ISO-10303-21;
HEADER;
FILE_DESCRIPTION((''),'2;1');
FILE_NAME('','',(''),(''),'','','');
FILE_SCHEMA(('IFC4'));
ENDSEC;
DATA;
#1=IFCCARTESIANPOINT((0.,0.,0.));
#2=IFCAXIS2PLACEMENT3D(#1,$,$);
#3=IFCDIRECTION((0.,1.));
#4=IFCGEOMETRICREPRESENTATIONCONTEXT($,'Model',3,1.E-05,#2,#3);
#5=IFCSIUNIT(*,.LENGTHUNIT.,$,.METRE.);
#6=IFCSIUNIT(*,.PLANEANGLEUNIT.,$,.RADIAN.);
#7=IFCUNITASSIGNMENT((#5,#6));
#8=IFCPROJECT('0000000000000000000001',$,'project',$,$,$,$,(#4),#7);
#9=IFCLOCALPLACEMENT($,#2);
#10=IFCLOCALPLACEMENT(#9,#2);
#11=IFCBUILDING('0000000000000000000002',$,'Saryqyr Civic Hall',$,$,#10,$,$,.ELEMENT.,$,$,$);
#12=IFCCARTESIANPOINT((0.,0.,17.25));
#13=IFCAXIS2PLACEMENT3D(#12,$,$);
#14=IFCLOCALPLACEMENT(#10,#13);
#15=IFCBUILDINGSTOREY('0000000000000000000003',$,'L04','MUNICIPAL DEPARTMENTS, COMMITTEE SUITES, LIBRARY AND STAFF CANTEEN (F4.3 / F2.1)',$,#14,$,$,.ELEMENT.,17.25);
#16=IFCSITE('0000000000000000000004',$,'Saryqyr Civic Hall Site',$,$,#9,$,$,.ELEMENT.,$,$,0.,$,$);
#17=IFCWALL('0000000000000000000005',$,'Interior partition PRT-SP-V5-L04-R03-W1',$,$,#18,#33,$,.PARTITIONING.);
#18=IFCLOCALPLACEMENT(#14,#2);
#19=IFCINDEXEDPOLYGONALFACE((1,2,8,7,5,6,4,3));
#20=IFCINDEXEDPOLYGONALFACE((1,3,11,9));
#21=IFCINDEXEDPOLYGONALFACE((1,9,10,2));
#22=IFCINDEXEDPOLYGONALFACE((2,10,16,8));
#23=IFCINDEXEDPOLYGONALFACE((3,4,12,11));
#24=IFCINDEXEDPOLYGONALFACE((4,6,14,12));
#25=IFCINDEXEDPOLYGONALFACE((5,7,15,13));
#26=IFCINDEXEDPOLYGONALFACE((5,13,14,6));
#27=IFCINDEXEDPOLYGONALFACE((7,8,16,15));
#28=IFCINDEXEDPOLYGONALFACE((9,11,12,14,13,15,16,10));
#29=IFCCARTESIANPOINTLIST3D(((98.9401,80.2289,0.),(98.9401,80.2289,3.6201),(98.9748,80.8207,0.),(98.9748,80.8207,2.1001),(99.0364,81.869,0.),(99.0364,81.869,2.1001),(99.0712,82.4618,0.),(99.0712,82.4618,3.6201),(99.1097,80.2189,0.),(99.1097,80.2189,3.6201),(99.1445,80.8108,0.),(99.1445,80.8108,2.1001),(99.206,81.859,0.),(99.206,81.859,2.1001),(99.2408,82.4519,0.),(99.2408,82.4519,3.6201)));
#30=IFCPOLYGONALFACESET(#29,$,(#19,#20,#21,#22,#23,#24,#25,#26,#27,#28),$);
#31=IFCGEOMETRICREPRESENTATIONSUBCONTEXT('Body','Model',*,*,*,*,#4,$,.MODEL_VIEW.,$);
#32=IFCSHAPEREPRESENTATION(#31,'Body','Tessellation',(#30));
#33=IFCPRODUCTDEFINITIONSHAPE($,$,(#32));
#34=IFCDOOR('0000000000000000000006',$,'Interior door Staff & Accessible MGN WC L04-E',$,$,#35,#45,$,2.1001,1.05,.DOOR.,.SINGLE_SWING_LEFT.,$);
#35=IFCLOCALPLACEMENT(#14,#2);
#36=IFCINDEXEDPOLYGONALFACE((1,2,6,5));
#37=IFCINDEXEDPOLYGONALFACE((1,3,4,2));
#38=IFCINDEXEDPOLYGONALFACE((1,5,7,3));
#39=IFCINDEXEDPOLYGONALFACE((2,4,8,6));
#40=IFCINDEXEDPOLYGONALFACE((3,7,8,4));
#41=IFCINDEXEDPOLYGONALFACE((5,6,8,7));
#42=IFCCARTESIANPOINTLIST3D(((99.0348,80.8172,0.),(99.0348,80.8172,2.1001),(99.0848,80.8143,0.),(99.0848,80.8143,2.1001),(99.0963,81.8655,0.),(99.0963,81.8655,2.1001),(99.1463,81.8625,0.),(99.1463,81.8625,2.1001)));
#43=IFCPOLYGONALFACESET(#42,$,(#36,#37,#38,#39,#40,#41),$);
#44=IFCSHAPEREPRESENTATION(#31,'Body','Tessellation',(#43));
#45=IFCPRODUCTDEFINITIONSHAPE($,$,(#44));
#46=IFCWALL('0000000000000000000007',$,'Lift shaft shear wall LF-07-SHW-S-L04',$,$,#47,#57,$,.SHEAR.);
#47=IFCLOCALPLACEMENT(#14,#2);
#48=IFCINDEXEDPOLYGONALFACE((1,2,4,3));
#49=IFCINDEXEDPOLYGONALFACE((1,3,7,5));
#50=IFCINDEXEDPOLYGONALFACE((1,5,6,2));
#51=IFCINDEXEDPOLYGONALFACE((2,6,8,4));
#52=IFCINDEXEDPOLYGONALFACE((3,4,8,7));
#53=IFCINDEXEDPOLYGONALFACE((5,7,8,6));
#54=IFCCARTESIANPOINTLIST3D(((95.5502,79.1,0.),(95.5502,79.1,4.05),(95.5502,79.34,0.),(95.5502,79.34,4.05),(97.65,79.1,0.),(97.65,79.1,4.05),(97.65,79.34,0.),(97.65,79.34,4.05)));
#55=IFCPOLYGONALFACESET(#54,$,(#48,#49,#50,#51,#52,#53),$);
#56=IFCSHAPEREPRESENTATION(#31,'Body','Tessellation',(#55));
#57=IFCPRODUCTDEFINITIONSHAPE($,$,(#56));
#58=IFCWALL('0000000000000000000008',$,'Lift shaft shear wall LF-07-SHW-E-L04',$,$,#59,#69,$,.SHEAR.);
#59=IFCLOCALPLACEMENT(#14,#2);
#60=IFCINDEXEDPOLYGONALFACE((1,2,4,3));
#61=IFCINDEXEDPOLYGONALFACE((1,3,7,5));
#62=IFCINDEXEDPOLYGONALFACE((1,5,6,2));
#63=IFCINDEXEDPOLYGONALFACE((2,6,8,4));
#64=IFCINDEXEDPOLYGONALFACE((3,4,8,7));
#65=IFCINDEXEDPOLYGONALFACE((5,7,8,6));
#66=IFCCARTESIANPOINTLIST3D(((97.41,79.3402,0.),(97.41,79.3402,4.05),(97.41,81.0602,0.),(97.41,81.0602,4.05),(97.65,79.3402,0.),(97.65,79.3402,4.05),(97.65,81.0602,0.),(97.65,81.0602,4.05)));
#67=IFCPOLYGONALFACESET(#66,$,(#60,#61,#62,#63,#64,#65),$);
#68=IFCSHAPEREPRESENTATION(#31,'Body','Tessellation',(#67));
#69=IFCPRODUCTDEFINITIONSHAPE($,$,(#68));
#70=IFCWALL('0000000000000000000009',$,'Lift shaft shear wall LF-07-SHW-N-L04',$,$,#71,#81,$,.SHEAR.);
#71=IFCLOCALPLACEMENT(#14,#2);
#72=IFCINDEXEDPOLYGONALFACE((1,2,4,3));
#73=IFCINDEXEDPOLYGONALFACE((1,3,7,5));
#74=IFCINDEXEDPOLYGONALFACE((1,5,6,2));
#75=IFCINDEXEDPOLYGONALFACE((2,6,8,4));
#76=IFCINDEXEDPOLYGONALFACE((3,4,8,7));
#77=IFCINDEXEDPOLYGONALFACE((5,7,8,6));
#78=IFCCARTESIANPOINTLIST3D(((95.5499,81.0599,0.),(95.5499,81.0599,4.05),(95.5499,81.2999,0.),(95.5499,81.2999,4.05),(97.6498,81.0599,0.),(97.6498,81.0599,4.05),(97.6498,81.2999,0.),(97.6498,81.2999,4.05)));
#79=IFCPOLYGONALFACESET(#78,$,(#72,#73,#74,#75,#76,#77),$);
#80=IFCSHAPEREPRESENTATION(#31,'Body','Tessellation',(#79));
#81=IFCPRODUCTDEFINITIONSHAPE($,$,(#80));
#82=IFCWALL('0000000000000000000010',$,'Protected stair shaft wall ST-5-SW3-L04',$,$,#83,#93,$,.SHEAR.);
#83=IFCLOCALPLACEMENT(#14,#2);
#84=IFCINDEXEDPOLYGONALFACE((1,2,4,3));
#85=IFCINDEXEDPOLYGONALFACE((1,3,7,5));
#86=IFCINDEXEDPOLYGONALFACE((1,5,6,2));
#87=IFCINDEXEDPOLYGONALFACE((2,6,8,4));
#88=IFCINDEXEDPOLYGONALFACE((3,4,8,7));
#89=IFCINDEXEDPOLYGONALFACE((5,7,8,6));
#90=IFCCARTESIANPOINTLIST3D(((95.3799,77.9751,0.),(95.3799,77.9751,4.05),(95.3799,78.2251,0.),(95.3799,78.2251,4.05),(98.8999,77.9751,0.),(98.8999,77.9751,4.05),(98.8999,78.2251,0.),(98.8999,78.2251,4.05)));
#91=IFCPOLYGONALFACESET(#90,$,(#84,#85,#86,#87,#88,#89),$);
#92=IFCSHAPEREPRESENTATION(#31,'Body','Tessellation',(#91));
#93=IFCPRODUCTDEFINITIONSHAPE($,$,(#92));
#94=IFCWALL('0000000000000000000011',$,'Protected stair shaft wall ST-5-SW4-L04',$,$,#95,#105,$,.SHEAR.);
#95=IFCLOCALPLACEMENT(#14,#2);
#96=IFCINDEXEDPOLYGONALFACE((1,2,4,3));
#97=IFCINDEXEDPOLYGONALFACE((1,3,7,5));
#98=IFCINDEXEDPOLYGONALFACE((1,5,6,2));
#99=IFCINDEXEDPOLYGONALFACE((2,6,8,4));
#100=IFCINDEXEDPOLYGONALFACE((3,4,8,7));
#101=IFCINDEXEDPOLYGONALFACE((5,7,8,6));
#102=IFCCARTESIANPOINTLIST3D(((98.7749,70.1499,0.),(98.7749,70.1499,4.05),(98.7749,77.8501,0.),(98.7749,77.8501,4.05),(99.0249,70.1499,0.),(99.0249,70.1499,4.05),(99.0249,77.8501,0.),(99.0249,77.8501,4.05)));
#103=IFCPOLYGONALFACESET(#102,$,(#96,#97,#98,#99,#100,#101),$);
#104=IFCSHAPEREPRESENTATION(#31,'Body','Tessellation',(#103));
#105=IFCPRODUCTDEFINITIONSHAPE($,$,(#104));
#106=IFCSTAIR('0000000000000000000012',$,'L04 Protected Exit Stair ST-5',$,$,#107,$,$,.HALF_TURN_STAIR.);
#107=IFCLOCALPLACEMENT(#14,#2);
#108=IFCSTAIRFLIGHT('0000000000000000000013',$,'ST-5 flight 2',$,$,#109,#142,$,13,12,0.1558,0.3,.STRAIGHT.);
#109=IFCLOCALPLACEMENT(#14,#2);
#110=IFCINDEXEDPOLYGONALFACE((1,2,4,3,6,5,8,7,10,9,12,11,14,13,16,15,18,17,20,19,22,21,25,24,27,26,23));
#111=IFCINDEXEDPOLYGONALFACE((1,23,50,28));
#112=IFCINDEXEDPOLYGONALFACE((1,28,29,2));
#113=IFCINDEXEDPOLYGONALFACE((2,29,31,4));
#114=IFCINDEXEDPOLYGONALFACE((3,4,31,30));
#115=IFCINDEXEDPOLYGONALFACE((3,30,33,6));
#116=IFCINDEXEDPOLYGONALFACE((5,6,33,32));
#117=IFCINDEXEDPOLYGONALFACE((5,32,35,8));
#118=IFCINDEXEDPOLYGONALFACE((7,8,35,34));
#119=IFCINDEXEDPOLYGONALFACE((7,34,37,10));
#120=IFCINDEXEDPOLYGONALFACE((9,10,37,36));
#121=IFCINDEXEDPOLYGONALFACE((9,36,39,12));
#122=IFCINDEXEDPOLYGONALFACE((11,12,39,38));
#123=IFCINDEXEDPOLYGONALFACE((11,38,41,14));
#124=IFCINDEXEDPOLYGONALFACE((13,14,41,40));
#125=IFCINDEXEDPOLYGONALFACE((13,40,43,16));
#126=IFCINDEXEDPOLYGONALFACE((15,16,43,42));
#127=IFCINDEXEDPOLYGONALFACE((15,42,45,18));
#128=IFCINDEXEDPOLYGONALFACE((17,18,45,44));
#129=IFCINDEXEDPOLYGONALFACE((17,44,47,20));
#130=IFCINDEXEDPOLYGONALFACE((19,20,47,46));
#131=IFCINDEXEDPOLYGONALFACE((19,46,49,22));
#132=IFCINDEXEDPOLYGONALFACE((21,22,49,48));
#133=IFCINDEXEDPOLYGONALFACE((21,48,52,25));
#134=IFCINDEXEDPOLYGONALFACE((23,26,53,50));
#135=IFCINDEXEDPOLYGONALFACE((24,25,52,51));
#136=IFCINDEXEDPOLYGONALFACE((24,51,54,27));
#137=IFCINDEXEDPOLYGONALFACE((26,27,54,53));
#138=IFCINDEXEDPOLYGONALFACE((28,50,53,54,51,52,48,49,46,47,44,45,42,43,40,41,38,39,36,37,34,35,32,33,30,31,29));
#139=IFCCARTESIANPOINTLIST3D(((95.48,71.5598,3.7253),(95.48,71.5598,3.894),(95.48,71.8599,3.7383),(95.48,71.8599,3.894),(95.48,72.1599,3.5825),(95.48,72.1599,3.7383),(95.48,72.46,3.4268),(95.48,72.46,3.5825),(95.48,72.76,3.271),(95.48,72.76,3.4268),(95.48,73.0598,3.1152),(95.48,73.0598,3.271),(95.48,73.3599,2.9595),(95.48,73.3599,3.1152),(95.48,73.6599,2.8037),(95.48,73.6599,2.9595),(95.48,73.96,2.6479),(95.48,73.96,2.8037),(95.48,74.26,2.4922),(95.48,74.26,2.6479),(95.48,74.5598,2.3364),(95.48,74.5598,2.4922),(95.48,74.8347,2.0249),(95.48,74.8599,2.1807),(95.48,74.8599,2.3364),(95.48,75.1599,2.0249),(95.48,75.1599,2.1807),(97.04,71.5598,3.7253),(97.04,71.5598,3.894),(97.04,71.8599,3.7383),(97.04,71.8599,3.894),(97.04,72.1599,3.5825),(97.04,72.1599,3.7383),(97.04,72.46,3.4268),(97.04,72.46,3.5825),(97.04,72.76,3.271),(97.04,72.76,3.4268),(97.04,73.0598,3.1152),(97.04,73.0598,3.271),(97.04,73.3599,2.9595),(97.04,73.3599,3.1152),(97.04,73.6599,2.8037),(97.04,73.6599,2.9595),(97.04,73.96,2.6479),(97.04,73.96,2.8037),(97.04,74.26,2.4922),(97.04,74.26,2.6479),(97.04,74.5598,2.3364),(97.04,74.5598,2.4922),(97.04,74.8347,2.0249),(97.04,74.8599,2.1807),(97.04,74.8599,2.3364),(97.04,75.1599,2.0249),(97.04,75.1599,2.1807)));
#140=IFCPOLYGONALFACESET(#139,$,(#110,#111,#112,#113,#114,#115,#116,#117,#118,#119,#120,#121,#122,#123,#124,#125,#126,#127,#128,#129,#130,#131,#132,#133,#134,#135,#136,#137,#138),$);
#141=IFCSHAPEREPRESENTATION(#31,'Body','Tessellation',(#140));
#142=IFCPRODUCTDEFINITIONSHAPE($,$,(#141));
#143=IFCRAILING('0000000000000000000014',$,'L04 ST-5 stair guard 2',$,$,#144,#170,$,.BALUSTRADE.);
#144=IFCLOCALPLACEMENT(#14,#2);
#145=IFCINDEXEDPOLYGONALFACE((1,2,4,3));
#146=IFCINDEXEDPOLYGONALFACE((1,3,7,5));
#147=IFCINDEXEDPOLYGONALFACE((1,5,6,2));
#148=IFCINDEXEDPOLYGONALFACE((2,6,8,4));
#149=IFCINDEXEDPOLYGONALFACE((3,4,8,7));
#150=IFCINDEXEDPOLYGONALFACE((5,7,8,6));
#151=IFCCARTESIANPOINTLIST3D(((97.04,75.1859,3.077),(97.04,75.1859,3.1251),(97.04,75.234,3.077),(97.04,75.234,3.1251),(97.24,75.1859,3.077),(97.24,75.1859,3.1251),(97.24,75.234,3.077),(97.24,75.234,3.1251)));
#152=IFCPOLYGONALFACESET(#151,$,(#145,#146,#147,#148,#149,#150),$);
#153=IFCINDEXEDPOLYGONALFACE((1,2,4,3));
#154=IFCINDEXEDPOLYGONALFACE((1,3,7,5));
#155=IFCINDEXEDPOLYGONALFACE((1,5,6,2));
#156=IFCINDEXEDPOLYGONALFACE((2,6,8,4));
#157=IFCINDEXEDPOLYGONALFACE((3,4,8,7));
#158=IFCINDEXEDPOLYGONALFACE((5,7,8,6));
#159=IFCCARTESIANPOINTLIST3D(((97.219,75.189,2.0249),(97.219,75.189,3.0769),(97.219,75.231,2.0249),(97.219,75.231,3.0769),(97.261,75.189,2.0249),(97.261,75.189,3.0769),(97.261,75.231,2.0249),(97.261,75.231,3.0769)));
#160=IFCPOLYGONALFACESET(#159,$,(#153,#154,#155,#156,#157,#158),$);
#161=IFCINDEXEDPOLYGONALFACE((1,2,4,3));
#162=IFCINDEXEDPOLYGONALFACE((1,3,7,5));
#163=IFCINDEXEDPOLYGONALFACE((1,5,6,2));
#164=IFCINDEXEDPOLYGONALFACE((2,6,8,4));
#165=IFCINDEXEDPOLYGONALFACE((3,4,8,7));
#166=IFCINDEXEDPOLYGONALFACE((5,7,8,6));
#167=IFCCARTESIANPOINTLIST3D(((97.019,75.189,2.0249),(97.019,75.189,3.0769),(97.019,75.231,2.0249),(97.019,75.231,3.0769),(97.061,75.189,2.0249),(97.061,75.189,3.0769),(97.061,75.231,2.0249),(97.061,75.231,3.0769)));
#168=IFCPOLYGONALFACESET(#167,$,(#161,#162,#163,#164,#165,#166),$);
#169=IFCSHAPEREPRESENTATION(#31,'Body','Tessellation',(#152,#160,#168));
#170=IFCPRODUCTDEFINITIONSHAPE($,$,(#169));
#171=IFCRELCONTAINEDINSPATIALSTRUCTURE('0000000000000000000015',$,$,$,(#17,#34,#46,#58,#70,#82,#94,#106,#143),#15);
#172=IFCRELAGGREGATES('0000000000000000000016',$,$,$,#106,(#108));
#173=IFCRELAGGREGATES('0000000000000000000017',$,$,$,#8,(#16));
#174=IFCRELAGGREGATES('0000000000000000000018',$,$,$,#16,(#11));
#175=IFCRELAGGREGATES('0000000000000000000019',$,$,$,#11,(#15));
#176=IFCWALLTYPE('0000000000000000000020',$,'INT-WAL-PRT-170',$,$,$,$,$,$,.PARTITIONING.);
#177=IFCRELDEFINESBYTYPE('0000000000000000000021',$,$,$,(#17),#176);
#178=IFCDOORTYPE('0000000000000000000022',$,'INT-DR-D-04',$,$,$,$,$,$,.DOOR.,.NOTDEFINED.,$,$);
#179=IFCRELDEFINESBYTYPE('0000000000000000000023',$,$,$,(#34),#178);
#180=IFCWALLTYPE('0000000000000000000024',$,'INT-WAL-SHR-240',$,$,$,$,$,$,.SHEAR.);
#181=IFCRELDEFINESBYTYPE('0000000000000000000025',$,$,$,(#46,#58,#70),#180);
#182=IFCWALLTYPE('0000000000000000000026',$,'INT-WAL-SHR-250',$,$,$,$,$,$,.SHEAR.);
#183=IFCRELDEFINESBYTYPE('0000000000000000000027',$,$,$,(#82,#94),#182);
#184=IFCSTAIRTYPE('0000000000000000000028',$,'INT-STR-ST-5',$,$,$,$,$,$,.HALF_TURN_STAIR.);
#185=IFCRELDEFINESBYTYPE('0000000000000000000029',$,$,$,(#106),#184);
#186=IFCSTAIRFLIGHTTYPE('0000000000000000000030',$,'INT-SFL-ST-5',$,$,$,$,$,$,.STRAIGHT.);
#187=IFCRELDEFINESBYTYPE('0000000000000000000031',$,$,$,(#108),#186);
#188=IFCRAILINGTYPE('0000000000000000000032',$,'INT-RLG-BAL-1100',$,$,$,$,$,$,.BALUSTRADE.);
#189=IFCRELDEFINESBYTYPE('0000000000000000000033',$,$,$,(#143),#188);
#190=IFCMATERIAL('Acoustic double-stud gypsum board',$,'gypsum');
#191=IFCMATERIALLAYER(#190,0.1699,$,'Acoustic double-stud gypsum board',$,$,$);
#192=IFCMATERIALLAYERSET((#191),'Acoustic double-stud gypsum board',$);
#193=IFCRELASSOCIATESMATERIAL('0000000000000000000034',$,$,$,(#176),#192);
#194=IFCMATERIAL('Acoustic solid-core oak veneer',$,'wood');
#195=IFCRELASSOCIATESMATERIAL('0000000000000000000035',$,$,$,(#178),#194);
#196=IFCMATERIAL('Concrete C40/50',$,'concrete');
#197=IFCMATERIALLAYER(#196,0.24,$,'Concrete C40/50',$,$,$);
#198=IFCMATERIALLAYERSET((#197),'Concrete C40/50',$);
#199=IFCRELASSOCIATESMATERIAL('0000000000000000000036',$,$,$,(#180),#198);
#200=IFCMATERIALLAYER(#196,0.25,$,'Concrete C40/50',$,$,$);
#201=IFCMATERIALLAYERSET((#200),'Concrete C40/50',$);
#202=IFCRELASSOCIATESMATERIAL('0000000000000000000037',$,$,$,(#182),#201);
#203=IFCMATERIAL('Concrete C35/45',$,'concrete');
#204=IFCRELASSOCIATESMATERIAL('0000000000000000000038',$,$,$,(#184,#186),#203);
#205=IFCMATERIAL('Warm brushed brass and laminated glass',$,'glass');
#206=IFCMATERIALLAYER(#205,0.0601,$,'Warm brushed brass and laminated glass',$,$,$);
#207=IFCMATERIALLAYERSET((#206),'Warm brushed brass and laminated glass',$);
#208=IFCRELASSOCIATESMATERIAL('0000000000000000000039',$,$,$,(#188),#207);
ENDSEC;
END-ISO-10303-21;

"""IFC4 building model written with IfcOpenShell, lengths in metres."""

from ifc_helpers import new_model, si_unit, direction, frame, frame_2d, origin, origin_2d, place, context, subcontext, project, spatial, polyline, rectangle, outline, extrude, material, layer, layer_set, type_object, element, fill, aggregate, save


model = new_model("IFC4")

# Units and contexts
model_context = context("Model", 3, precision=1e-05, world=origin(), true_north=direction((0.0, 1.0)))
body_context = subcontext(model_context, "Body", "Model", "MODEL_VIEW")
ifc_project = project(units=[si_unit("LENGTHUNIT", "METRE"), si_unit("PLANEANGLEUNIT", "RADIAN")], contexts=[model_context])

# Site, building, storey
site_placement = place(None, origin())
site = spatial("IfcSite", under=ifc_project, at=site_placement, Name="Saryqyr Civic Hall Site", CompositionType="ELEMENT", RefElevation=0.0)
building_placement = place(site_placement, origin())
building = spatial("IfcBuilding", under=site, at=building_placement, Name="Saryqyr Civic Hall", CompositionType="ELEMENT")
storey_placement = place(building_placement, frame((0.0, 0.0, 17.25)))
storey = spatial("IfcBuildingStorey", under=building, at=storey_placement, Name="L04", Description="MUNICIPAL DEPARTMENTS, COMMITTEE SUITES, LIBRARY AND STAFF CANTEEN (F4.3 / F2.1)", CompositionType="ELEMENT", Elevation=17.25)

# Shared definitions
ifc_material_1 = material(Name="Concrete C40/50", Category="concrete")

# Shared definitions
ifc_material_2 = material(Name="Concrete C35/45", Category="concrete")

# Wall, opening, door
ifc_material_3 = material(Name="Acoustic double-stud gypsum board", Category="gypsum")
ifc_layer_1 = layer(ifc_material_3, 0.1699, Name="Acoustic double-stud gypsum board")
ifc_layer_set_1 = layer_set([ifc_layer_1], Name="Acoustic double-stud gypsum board")
wall_type_1 = type_object("IfcWallType", Name="INT-WAL-PRT-170", PredefinedType="PARTITIONING", material=ifc_layer_set_1)
wall_1_placement = place(storey_placement, frame((99.0249, 80.2239, 0.0), z_axis=(0.0, 0.0, 1.0), x_axis=(0.058613, 0.998281, 0.0)))
wall_1 = element("IfcWall", 1, at=wall_1_placement, inside=storey, type_object=wall_type_1, Name="Interior partition PRT-SP-V5-L04-R03-W1", PredefinedType="PARTITIONING", context=body_context, shape_type="SweptSolid", body=[
    extrude(rectangle(XDim=2.2368, YDim=0.1699, at=frame_2d((1.1184, 0.0))), origin(), (0.0, 0.0, 1.0), 3.6201),
])
opening_1_placement = place(wall_1_placement, frame((0.593, 0.0, 0.0)))
opening_1 = element("IfcOpeningElement", 2, at=opening_1_placement, cuts=wall_1, PredefinedType="OPENING", context=body_context, shape_type="SweptSolid", body=[
    extrude(rectangle(XDim=1.05, YDim=2.1001, at=frame_2d((0.5249, 1.05))), frame((0.0, 0.095, 0.0), z_axis=(0.0, -1.0, 0.0), x_axis=(1.0, 0.0, 0.0)), (0.0, 0.0, 1.0), 0.1899),
])
ifc_material_4 = material(Name="Acoustic solid-core oak veneer", Category="wood")
door_type_1 = type_object("IfcDoorType", Name="INT-DR-D-04", OperationType="NOTDEFINED", PredefinedType="DOOR", material=ifc_material_4)
door_1_placement = place(opening_1_placement, origin())
door_1 = element("IfcDoor", 3, at=door_1_placement, inside=storey, type_object=door_type_1, Name="Interior door Staff & Accessible MGN WC L04-E", OperationType="SINGLE_SWING_LEFT", OverallHeight=2.1001, OverallWidth=1.05, PredefinedType="DOOR", context=body_context, shape_type="SweptSolid", body=[
    extrude(rectangle(XDim=1.05, YDim=2.1001, at=frame_2d((0.5249, 1.05))), frame((0.0, 0.0249, 0.0), z_axis=(0.0, -1.0, 0.0), x_axis=(1.0, 0.0, 0.0)), (0.0, 0.0, 1.0), 0.05),
])
fill(opening_1, door_1)

# Walls
ifc_layer_2 = layer(ifc_material_1, 0.24, Name="Concrete C40/50")
ifc_layer_set_2 = layer_set([ifc_layer_2], Name="Concrete C40/50")
wall_type_2 = type_object("IfcWallType", Name="INT-WAL-SHR-240", PredefinedType="SHEAR", material=ifc_layer_set_2)
wall_2_placement = place(storey_placement, frame((97.6499, 79.22, 0.0), z_axis=(0.0, 0.0, 1.0), x_axis=(-1.0, 0.0, 0.0)))
element("IfcWall", 4, at=wall_2_placement, inside=storey, type_object=wall_type_2, Name="Lift shaft shear wall LF-07-SHW-S-L04", PredefinedType="SHEAR", context=body_context, shape_type="SweptSolid", body=[
    extrude(rectangle(XDim=2.0999, YDim=0.24, at=frame_2d((1.0498, 0.0))), origin(), (0.0, 0.0, 1.0), 4.05),
])
wall_3_placement = place(storey_placement, frame((97.53, 81.0601, 0.0), z_axis=(0.0, 0.0, 1.0), x_axis=(0.0, -1.0, 0.0)))
element("IfcWall", 5, at=wall_3_placement, inside=storey, type_object=wall_type_2, Name="Lift shaft shear wall LF-07-SHW-E-L04", PredefinedType="SHEAR", context=body_context, shape_type="SweptSolid", body=[
    extrude(rectangle(XDim=1.72, YDim=0.24, at=frame_2d((0.8599, 0.0))), origin(), (0.0, 0.0, 1.0), 4.05),
])
wall_4_placement = place(storey_placement, frame((95.55, 81.1799, 0.0), z_axis=(0.0, 0.0, 1.0), x_axis=(1.0, 0.0, 0.0)))
element("IfcWall", 6, at=wall_4_placement, inside=storey, type_object=wall_type_2, Name="Lift shaft shear wall LF-07-SHW-N-L04", PredefinedType="SHEAR", context=body_context, shape_type="SweptSolid", body=[
    extrude(rectangle(XDim=2.0999, YDim=0.24, at=frame_2d((1.0498, 0.0))), origin(), (0.0, 0.0, 1.0), 4.05),
])

# Walls
ifc_layer_3 = layer(ifc_material_1, 0.25, Name="Concrete C40/50")
ifc_layer_set_3 = layer_set([ifc_layer_3], Name="Concrete C40/50")
wall_type_3 = type_object("IfcWallType", Name="INT-WAL-SHR-250", PredefinedType="SHEAR", material=ifc_layer_set_3)
wall_5_placement = place(storey_placement, frame((95.3799, 78.1001, 0.0), z_axis=(0.0, 0.0, 1.0), x_axis=(1.0, 0.0, 0.0)))
element("IfcWall", 7, at=wall_5_placement, inside=storey, type_object=wall_type_3, Name="Protected stair shaft wall ST-5-SW3-L04", PredefinedType="SHEAR", context=body_context, shape_type="SweptSolid", body=[
    extrude(rectangle(XDim=3.52, YDim=0.25, at=frame_2d((1.76, 0.0))), origin(), (0.0, 0.0, 1.0), 4.05),
])
wall_6_placement = place(storey_placement, frame((98.8999, 77.8501, 0.0), z_axis=(0.0, 0.0, 1.0), x_axis=(0.0, -1.0, 0.0)))
element("IfcWall", 8, at=wall_6_placement, inside=storey, type_object=wall_type_3, Name="Protected stair shaft wall ST-5-SW4-L04", PredefinedType="SHEAR", context=body_context, shape_type="SweptSolid", body=[
    extrude(rectangle(XDim=7.7002, YDim=0.25, at=frame_2d((3.8501, 0.0))), origin(), (0.0, 0.0, 1.0), 4.05),
])

# Stair, stair flight
stair_type = type_object("IfcStairType", Name="INT-STR-ST-5", PredefinedType="HALF_TURN_STAIR", material=ifc_material_2)
stair_placement = place(storey_placement, origin())
stair = element("IfcStair", 9, at=stair_placement, inside=storey, type_object=stair_type, Name="L04 Protected Exit Stair ST-5", PredefinedType="HALF_TURN_STAIR")
stair_flight_type = type_object("IfcStairFlightType", Name="INT-SFL-ST-5", PredefinedType="STRAIGHT", material=ifc_material_2)
stair_flight_placement = place(storey_placement, frame((96.26, 75.1599, 2.0249), z_axis=(0.0, 0.0, 1.0), x_axis=(0.0, -1.0, 0.0)))
stair_flight = element("IfcStairFlight", 10, at=stair_flight_placement, type_object=stair_flight_type, Name="ST-5 flight 2", NumberOfRisers=13, NumberOfTreads=12, PredefinedType="STRAIGHT", RiserHeight=0.1558, TreadLength=0.3, context=body_context, shape_type="SweptSolid", body=[
    extrude(outline(polyline([(0.0, 0.0), (0.0, 0.1558), (0.3, 0.1558), (0.3, 0.3115), (0.6001, 0.3115), (0.6001, 0.4673), (0.8999, 0.4673), (0.8999, 0.623), (1.2, 0.623), (1.2, 0.7788), (1.5, 0.7788), (1.5, 0.9346), (1.8, 0.9346), (1.8, 1.0903), (2.1001, 1.0903), (2.1001, 1.2461), (2.3999, 1.2461), (2.3999, 1.4019), (2.7, 1.4019), (2.7, 1.5576), (3.0, 1.5576), (3.0, 1.7134), (3.3, 1.7134), (3.3, 1.8691), (3.6001, 1.8691), (3.6001, 2.0249), (3.6001, 1.7004), (0.3252, 0.0), (0.0, 0.0)])), frame((0.0, 0.78, 0.0), z_axis=(0.0, -1.0, 0.0), x_axis=(1.0, 0.0, 0.0)), (0.0, 0.0, 1.0), 1.5601),
])
aggregate(stair, [stair_flight])

# Railing
ifc_material_5 = material(Name="Warm brushed brass and laminated glass", Category="glass")
ifc_layer_4 = layer(ifc_material_5, 0.0601, Name="Warm brushed brass and laminated glass")
ifc_layer_set_4 = layer_set([ifc_layer_4], Name="Warm brushed brass and laminated glass")
railing_type_1 = type_object("IfcRailingType", Name="INT-RLG-BAL-1100", PredefinedType="BALUSTRADE", material=ifc_layer_set_4)
railing_1_placement = place(storey_placement, frame((97.24, 75.21, 2.0249)))
element("IfcRailing", 11, at=railing_1_placement, inside=storey, type_object=railing_type_1, Name="L04 ST-5 stair guard 2", PredefinedType="BALUSTRADE", context=body_context, shape_type="SweptSolid", body=[
    extrude(rectangle(XDim=0.0481, YDim=0.0481, at=origin_2d()), frame((0.0, 0.0, 1.0762), z_axis=(-1.0, 0.0, 0.0), x_axis=(0.0, -1.0, 0.0)), (0.0, 0.0, 1.0), 0.2),
    extrude(rectangle(XDim=0.042, YDim=0.042, at=origin_2d()), origin(), (0.0, 0.0, 1.0), 1.052),
    extrude(rectangle(XDim=0.042, YDim=0.042, at=origin_2d()), frame((-0.2, 0.0, 0.0)), (0.0, 0.0, 1.0), 1.052),
])

save(model, "model.ifc")
